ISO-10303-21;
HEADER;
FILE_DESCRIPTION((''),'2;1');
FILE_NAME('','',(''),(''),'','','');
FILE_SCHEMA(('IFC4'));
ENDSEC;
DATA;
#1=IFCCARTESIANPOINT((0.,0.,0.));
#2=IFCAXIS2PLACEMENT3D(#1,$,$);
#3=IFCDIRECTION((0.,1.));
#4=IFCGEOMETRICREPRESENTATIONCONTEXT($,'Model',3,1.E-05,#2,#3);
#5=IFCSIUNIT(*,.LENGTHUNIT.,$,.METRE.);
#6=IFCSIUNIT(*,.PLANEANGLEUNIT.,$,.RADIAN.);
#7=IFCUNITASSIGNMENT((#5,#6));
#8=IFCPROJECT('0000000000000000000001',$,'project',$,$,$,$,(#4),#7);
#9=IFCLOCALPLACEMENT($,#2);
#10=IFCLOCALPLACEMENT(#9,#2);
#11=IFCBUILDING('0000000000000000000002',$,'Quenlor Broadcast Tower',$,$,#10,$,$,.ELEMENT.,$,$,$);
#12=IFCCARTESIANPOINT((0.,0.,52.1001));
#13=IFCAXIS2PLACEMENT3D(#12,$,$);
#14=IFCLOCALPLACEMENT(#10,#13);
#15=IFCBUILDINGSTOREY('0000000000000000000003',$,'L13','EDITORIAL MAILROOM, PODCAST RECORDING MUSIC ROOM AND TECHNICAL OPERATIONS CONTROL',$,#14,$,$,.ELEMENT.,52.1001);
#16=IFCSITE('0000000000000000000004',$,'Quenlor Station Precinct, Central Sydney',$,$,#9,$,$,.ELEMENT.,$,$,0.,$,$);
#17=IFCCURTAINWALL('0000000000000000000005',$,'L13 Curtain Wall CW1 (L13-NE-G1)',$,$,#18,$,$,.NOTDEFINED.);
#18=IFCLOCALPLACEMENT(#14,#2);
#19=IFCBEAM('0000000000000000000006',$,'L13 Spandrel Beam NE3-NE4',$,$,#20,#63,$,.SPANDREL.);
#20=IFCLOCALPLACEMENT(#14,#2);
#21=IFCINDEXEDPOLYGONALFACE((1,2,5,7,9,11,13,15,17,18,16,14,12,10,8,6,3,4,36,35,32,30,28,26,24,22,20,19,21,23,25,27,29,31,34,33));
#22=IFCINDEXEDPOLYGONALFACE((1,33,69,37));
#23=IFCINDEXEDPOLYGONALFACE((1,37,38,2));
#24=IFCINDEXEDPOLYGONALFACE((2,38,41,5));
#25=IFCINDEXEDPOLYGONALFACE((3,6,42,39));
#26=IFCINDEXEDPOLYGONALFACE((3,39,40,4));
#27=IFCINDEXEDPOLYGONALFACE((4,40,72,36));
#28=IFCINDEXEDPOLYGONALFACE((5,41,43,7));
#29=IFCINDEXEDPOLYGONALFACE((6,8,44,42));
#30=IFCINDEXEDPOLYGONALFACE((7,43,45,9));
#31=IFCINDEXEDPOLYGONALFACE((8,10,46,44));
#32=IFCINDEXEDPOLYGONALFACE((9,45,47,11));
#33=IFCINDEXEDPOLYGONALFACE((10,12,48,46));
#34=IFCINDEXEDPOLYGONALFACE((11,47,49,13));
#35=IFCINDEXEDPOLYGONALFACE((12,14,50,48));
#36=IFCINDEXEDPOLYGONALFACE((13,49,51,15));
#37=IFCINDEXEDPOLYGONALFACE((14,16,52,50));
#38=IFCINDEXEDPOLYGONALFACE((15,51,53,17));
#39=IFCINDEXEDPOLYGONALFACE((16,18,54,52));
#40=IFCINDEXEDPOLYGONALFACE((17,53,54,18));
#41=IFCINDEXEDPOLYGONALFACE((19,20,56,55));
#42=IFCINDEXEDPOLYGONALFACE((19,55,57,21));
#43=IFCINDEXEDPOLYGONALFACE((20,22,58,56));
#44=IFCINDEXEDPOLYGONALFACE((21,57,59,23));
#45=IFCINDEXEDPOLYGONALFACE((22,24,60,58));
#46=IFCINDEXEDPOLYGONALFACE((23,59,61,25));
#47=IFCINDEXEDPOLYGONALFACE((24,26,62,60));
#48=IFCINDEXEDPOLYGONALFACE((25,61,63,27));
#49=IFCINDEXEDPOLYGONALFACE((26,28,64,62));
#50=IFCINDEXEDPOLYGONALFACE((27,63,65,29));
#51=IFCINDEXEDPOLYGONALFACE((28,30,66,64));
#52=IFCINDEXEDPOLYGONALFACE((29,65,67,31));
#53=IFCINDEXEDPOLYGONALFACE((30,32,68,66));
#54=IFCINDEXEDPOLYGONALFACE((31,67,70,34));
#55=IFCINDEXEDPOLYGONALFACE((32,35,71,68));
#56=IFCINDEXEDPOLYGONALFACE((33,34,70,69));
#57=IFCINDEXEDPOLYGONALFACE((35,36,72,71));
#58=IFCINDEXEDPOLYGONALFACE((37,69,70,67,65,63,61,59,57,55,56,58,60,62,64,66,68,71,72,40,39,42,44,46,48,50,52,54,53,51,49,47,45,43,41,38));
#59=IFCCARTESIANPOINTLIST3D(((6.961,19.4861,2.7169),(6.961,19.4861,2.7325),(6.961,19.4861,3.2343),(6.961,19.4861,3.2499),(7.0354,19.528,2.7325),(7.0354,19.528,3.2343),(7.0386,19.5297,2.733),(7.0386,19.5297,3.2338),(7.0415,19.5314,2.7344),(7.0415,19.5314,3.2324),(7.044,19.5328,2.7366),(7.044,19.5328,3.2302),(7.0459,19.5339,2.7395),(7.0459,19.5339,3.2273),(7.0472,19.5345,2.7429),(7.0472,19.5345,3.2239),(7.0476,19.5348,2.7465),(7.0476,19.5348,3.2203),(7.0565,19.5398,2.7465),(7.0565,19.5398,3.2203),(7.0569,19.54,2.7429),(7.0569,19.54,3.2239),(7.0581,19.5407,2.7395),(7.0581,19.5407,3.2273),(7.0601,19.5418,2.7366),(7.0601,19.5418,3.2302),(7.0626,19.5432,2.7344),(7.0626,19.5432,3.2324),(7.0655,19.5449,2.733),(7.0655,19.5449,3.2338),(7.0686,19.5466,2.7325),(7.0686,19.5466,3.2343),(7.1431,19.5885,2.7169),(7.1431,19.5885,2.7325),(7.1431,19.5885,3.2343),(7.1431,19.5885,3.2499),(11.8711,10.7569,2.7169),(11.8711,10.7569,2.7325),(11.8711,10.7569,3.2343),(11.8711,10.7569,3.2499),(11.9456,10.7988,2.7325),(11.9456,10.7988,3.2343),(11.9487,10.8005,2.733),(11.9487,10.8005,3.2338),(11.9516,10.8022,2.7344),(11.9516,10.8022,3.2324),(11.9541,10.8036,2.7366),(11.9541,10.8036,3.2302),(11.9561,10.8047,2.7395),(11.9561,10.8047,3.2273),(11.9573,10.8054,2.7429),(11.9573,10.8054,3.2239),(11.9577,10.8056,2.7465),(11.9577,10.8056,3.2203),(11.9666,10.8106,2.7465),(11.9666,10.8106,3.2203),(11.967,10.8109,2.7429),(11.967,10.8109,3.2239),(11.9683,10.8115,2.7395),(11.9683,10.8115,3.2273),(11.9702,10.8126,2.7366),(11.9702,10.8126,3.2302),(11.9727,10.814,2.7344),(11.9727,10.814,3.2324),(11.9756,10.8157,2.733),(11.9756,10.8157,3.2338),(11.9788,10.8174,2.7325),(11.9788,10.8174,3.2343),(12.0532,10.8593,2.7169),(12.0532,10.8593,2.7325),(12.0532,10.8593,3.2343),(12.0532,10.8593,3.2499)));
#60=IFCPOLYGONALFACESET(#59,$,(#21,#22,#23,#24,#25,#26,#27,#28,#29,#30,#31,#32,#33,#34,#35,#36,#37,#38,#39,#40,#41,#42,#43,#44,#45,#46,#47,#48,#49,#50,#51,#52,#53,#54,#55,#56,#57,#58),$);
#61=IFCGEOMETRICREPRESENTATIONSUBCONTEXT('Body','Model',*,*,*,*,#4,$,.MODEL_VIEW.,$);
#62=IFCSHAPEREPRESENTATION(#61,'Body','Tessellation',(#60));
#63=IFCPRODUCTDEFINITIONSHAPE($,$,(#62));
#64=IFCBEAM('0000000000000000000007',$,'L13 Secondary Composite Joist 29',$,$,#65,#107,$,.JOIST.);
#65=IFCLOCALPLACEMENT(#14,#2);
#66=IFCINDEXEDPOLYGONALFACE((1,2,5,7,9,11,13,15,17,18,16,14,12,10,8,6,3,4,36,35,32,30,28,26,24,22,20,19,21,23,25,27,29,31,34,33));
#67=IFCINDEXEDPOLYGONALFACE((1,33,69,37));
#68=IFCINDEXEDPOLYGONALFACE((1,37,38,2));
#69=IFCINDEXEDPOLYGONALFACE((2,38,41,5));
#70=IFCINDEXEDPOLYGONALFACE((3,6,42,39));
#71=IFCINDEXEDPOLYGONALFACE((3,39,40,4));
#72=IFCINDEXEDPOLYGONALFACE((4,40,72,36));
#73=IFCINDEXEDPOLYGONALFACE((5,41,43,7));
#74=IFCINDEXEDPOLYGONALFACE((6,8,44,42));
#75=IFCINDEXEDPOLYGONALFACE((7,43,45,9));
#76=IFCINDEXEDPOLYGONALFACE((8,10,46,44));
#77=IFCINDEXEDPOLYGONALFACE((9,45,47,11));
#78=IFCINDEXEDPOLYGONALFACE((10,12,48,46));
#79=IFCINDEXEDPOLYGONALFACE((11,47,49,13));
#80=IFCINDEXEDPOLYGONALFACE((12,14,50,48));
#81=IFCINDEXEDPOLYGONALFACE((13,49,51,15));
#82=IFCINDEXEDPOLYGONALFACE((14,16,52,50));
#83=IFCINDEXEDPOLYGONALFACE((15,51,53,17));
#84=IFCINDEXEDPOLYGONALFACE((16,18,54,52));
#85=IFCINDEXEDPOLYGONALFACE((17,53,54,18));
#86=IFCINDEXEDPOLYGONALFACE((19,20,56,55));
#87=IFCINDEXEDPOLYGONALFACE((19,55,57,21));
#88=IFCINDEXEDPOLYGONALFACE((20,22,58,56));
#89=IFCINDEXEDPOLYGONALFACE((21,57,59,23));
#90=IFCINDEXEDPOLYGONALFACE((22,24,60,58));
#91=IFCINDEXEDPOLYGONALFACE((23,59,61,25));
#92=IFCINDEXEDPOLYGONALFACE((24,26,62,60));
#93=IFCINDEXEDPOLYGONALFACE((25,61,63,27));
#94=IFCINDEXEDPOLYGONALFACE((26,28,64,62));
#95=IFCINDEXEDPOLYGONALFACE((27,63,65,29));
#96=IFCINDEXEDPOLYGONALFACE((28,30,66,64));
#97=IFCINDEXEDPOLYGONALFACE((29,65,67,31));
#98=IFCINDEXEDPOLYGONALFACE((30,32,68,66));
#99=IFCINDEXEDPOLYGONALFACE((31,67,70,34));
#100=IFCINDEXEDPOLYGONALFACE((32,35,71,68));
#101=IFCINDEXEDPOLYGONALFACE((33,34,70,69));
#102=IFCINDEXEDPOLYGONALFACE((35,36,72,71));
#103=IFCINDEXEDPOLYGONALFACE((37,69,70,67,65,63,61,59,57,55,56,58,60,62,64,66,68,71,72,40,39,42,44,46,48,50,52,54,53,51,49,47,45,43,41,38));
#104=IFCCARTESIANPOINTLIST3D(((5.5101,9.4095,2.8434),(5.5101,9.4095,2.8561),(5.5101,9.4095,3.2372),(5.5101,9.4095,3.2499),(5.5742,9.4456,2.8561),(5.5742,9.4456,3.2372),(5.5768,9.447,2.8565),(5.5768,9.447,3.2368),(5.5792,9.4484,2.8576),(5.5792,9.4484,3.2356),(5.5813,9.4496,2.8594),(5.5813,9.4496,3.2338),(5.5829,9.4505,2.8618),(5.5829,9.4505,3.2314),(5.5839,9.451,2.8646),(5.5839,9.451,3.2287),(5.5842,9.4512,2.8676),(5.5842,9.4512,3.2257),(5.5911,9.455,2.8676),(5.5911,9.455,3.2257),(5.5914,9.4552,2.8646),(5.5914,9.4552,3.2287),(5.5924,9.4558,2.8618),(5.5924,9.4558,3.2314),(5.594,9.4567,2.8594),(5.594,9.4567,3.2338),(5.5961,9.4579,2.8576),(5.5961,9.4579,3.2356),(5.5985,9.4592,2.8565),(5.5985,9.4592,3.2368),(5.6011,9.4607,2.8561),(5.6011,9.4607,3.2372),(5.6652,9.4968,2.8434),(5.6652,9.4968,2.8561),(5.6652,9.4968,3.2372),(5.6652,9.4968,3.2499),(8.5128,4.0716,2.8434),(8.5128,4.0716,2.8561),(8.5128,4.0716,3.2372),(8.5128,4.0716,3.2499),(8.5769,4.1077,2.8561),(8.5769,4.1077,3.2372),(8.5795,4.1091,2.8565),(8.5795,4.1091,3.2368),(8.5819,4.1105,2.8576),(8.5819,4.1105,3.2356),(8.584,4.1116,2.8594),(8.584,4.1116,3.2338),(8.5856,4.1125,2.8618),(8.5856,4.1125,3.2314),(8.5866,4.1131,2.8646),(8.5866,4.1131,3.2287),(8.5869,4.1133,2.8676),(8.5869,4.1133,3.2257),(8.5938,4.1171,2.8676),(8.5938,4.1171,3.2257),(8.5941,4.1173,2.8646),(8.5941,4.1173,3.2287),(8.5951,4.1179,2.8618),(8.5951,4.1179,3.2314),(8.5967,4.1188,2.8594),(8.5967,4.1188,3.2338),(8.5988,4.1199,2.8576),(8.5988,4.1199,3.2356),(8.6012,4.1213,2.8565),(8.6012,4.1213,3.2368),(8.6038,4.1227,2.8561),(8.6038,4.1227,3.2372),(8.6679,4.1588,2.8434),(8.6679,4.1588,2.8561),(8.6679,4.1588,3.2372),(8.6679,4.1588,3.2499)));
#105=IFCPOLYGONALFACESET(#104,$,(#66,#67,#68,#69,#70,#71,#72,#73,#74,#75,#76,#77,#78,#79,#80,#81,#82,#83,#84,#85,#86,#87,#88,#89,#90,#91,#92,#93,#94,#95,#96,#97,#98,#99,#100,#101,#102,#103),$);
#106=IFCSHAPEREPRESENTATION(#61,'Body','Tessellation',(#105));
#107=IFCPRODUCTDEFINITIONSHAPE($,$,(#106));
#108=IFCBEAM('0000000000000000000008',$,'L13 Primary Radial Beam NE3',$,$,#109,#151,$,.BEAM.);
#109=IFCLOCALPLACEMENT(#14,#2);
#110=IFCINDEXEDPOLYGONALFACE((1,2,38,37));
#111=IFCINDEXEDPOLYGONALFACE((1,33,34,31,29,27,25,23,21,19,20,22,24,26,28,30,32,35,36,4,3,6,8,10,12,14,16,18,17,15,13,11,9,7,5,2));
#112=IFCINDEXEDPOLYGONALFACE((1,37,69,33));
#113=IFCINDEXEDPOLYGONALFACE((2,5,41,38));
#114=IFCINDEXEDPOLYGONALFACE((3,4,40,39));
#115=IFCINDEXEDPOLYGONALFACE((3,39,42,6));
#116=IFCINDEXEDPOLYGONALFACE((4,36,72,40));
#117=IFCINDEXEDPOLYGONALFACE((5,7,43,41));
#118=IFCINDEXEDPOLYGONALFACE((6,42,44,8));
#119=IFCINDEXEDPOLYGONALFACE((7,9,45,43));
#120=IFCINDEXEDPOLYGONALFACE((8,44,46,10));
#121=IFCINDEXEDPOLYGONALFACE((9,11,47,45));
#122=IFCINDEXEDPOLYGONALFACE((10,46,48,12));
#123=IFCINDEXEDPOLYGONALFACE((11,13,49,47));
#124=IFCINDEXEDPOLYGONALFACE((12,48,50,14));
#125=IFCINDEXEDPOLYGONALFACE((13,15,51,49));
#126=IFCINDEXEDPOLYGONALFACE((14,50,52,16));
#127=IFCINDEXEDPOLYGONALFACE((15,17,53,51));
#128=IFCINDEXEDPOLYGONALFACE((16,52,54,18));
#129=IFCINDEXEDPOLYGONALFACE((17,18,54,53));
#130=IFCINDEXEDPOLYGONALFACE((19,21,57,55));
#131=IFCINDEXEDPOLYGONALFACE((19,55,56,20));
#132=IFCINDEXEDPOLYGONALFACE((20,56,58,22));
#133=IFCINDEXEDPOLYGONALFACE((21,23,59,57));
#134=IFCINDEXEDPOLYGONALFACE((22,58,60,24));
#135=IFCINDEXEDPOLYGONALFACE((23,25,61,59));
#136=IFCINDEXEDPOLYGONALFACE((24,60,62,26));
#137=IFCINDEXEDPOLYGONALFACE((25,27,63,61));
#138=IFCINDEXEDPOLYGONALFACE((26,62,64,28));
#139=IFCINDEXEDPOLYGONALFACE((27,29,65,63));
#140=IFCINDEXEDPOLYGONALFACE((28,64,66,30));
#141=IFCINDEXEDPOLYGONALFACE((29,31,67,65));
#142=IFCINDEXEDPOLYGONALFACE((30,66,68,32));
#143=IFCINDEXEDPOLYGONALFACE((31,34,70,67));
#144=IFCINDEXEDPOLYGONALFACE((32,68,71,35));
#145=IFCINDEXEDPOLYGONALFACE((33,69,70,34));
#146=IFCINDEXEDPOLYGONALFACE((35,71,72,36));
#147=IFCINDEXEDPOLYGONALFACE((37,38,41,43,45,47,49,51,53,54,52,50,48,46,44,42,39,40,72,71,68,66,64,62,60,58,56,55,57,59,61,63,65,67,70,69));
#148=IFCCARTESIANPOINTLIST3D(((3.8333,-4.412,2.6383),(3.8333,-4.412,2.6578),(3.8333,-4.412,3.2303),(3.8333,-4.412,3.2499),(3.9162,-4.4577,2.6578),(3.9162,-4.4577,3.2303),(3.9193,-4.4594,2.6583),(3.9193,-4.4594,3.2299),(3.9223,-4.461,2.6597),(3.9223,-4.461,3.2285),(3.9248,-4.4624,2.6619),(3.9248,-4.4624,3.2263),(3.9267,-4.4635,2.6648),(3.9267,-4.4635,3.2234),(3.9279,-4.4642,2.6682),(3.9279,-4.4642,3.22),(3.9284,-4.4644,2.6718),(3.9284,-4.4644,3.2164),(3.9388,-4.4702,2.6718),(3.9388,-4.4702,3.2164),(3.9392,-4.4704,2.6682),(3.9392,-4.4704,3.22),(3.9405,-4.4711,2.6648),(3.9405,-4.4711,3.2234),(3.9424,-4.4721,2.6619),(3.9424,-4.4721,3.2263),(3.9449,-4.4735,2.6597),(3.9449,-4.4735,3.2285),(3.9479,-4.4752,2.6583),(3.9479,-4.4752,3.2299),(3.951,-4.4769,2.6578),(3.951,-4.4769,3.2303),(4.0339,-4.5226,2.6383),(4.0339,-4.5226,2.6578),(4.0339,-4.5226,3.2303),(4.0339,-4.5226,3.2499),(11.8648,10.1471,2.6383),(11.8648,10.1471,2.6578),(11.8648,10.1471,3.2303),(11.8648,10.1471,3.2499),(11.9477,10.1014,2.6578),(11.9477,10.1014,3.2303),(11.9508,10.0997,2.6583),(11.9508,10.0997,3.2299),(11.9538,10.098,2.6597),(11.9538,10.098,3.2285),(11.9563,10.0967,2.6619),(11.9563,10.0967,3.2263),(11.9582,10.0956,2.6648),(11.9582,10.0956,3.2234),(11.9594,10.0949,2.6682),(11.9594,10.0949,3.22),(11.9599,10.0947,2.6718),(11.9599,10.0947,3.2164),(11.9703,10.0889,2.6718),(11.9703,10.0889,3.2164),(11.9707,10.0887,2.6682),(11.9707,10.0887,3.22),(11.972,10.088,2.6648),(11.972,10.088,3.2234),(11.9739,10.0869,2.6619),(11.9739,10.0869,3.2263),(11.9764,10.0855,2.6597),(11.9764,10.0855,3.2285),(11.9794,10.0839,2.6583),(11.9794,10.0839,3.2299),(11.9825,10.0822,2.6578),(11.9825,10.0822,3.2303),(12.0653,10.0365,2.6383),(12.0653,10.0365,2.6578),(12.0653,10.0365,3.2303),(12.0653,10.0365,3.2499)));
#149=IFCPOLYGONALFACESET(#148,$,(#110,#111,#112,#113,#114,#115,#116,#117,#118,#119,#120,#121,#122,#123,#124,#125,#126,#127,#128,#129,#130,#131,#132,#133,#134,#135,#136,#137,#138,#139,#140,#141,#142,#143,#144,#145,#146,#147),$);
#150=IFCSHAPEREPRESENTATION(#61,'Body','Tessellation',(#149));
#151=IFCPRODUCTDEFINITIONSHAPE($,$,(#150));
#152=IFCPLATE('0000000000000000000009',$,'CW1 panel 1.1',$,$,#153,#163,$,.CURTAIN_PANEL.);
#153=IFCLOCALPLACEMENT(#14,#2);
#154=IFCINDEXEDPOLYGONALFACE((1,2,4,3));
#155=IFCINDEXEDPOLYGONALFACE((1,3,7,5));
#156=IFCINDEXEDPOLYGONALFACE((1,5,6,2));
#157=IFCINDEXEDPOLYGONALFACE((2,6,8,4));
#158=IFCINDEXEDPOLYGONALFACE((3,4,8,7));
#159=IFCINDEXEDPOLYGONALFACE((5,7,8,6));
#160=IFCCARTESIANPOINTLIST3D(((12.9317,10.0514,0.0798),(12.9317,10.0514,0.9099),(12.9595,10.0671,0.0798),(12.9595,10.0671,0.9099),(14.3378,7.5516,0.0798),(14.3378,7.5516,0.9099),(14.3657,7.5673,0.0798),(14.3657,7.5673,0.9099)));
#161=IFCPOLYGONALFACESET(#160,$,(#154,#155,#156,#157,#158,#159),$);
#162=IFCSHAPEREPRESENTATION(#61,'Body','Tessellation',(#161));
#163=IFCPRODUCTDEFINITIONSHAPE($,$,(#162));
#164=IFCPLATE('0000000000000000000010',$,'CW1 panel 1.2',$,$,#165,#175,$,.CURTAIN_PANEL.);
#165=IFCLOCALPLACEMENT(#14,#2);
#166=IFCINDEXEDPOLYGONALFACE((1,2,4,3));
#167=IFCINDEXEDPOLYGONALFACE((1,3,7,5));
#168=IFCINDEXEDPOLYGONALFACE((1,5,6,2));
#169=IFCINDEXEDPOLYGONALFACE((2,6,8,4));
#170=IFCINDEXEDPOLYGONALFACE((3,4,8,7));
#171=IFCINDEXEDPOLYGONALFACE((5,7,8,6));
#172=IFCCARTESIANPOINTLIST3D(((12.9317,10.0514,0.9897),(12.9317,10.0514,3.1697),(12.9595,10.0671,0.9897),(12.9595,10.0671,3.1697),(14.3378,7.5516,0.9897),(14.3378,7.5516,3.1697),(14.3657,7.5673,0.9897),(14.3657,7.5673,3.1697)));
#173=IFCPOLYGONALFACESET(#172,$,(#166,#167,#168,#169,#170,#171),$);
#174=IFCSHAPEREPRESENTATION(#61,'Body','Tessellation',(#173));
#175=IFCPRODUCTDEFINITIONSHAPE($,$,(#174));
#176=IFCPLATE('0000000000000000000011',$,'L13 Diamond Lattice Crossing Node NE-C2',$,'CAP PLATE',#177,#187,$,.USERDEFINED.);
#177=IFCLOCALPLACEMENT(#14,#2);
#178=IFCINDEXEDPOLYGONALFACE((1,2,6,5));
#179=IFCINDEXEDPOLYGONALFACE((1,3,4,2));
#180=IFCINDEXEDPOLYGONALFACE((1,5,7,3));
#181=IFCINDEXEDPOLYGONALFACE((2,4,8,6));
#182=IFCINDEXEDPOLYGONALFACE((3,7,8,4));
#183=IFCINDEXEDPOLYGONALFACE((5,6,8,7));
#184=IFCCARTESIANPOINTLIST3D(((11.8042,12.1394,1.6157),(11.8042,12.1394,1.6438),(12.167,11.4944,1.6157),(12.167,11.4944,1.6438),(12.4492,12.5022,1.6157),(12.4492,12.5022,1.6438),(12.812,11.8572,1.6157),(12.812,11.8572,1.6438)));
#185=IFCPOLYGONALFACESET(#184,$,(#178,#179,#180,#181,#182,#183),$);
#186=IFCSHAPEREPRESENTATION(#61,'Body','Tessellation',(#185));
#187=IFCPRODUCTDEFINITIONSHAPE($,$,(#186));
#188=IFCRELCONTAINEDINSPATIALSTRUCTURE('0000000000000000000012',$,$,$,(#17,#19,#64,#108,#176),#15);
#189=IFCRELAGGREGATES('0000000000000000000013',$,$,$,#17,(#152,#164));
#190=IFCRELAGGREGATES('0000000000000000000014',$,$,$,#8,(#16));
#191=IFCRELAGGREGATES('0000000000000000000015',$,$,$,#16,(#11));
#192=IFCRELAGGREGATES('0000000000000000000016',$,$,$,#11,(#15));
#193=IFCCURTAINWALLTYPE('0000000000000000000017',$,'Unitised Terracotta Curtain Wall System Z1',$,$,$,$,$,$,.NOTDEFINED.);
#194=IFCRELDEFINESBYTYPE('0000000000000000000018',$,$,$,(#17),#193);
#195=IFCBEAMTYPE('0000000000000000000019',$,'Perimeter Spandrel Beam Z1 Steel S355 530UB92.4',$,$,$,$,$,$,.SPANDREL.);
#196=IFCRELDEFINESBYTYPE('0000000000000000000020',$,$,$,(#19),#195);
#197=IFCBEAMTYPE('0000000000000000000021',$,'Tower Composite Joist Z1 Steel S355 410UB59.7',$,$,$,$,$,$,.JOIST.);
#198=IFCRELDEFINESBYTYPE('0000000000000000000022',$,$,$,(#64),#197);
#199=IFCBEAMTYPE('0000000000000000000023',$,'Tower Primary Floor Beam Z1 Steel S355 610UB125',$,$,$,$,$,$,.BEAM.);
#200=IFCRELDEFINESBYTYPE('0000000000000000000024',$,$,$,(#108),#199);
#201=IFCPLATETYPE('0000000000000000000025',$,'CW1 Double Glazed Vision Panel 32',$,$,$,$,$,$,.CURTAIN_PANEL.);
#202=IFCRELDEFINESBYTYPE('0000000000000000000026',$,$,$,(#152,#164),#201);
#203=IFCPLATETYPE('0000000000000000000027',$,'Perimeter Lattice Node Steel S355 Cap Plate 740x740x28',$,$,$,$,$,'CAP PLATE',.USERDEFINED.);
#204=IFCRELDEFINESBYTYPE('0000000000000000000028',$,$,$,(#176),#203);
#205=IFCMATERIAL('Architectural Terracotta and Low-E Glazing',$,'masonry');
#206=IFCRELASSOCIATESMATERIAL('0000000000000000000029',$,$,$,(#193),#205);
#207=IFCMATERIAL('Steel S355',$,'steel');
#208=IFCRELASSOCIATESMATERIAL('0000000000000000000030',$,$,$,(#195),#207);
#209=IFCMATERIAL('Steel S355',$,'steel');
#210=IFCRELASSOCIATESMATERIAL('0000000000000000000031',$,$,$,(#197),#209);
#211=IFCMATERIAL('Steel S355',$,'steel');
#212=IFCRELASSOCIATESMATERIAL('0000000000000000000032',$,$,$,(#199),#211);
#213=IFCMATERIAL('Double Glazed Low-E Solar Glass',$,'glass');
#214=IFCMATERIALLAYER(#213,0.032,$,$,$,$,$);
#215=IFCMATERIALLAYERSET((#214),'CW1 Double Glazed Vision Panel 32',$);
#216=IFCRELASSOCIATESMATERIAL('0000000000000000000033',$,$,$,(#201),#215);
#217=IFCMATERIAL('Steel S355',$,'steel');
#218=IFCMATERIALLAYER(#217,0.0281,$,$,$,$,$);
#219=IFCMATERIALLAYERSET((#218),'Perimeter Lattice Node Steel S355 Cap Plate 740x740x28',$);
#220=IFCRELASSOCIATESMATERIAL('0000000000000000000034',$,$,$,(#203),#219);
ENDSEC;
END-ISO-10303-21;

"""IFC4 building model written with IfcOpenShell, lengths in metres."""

from ifc_helpers import new_model, si_unit, direction, frame, origin, origin_2d, place, context, subcontext, project, spatial, rectangle, i_section, extrude, material, layer, layer_set, material_profile, profile_set, type_object, element, aggregate, save


model = new_model("IFC4")

# Units and contexts
model_context = context("Model", 3, precision=1e-05, world=origin(), true_north=direction((0.0, 1.0)))
body_context = subcontext(model_context, "Body", "Model", "MODEL_VIEW")
ifc_project = project(units=[si_unit("LENGTHUNIT", "METRE"), si_unit("PLANEANGLEUNIT", "RADIAN")], contexts=[model_context])

# Site, building, storey
site_placement = place(None, origin())
site = spatial("IfcSite", under=ifc_project, at=site_placement, Name="Quenlor Station Precinct, Central Sydney", CompositionType="ELEMENT", RefElevation=0.0)
building_placement = place(site_placement, origin())
building = spatial("IfcBuilding", under=site, at=building_placement, Name="Quenlor Broadcast Tower", CompositionType="ELEMENT")
storey_placement = place(building_placement, frame((0.0, 0.0, 52.1001)))
storey = spatial("IfcBuildingStorey", under=building, at=storey_placement, Name="L13", Description="EDITORIAL MAILROOM, PODCAST RECORDING MUSIC ROOM AND TECHNICAL OPERATIONS CONTROL", CompositionType="ELEMENT", Elevation=52.1001)

# Curtain wall
ifc_material_1 = material(Name="Architectural Terracotta and Low-E Glazing", Category="masonry")
curtain_wall_type = type_object("IfcCurtainWallType", Name="Unitised Terracotta Curtain Wall System Z1", PredefinedType="NOTDEFINED", material=ifc_material_1)
curtain_wall_placement = place(storey_placement, origin())
curtain_wall = element("IfcCurtainWall", 1, at=curtain_wall_placement, inside=storey, type_object=curtain_wall_type, Name="L13 Curtain Wall CW1 (L13-NE-G1)", PredefinedType="NOTDEFINED")

# Beams
ifc_material_2 = material(Name="Steel S355", Category="steel")
ifc_material_profile_1 = material_profile(ifc_material_2, i_section(OverallWidth=0.209, OverallDepth=0.533, WebThickness=0.0103, FlangeThickness=0.0156, FilletRadius=0.0139, at=origin_2d()))
ifc_profile_set_1 = profile_set([ifc_material_profile_1], Name="Steel S355 530UB92.4")
beam_type_1 = type_object("IfcBeamType", Name="Perimeter Spandrel Beam Z1 Steel S355 530UB92.4", PredefinedType="SPANDREL", material=ifc_profile_set_1)
beam_1_placement = place(storey_placement, frame((11.9622, 10.8081, 2.9834), z_axis=(-0.490258, 0.871577, 0.0), x_axis=(-0.871577, -0.490258, 0.0)))
element("IfcBeam", 2, at=beam_1_placement, inside=storey, type_object=beam_type_1, Name="L13 Spandrel Beam NE3-NE4", PredefinedType="SPANDREL", context=body_context, shape_type="SweptSolid", body=[
    extrude(i_section(OverallWidth=0.209, OverallDepth=0.533, WebThickness=0.0103, FlangeThickness=0.0156, FilletRadius=0.0139, at=origin_2d()), origin(), (0.0, 0.0, 1.0), 10.0154),
])
ifc_material_3 = material(Name="Steel S355", Category="steel")
ifc_material_profile_2 = material_profile(ifc_material_3, i_section(OverallWidth=0.178, OverallDepth=0.4065, WebThickness=0.0078, FlangeThickness=0.0127, FilletRadius=0.0115, at=origin_2d()))
ifc_profile_set_2 = profile_set([ifc_material_profile_2], Name="Steel S355 410UB59.7")
beam_type_2 = type_object("IfcBeamType", Name="Tower Composite Joist Z1 Steel S355 410UB59.7", PredefinedType="JOIST", material=ifc_profile_set_2)
beam_2_placement = place(storey_placement, frame((5.5876, 9.4531, 3.0466), z_axis=(0.490276, -0.871567, 0.0), x_axis=(0.871567, 0.490276, 0.0)))
element("IfcBeam", 3, at=beam_2_placement, inside=storey, type_object=beam_type_2, Name="L13 Secondary Composite Joist 29", PredefinedType="JOIST", context=body_context, shape_type="SweptSolid", body=[
    extrude(i_section(OverallWidth=0.178, OverallDepth=0.4065, WebThickness=0.0078, FlangeThickness=0.0127, FilletRadius=0.0115, at=origin_2d()), origin(), (0.0, 0.0, 1.0), 6.1245),
])
ifc_material_4 = material(Name="Steel S355", Category="steel")
ifc_material_profile_3 = material_profile(ifc_material_4, i_section(OverallWidth=0.229, OverallDepth=0.6116, WebThickness=0.012, FlangeThickness=0.0195, FilletRadius=0.0139, at=origin_2d()))
ifc_profile_set_3 = profile_set([ifc_material_profile_3], Name="Steel S355 610UB125")
beam_type_3 = type_object("IfcBeamType", Name="Tower Primary Floor Beam Z1 Steel S355 610UB125", PredefinedType="BEAM", material=ifc_profile_set_3)
beam_3_placement = place(storey_placement, frame((11.9651, 10.0918, 2.9441), z_axis=(-0.483026, -0.875606, 0.0), x_axis=(0.875606, -0.483026, 0.0)))
element("IfcBeam", 4, at=beam_3_placement, inside=storey, type_object=beam_type_3, Name="L13 Primary Radial Beam NE3", PredefinedType="BEAM", context=body_context, shape_type="SweptSolid", body=[
    extrude(i_section(OverallWidth=0.229, OverallDepth=0.6116, WebThickness=0.012, FlangeThickness=0.0195, FilletRadius=0.0139, at=origin_2d()), origin(), (0.0, 0.0, 1.0), 16.6274),
])

# Plates
ifc_material_5 = material(Name="Double Glazed Low-E Solar Glass", Category="glass")
ifc_layer_1 = layer(ifc_material_5, 0.032)
ifc_layer_set_1 = layer_set([ifc_layer_1], Name="CW1 Double Glazed Vision Panel 32")
plate_type_1 = type_object("IfcPlateType", Name="CW1 Double Glazed Vision Panel 32", PredefinedType="CURTAIN_PANEL", material=ifc_layer_set_1)
plate_1_placement = place(storey_placement, frame((13.6487, 8.8093, 0.0798), z_axis=(0.0, 0.0, 1.0), x_axis=(0.490274, -0.871568, 0.0)))
plate_1 = element("IfcPlate", 5, at=plate_1_placement, type_object=plate_type_1, Name="CW1 panel 1.1", PredefinedType="CURTAIN_PANEL", context=body_context, shape_type="SweptSolid", body=[
    extrude(rectangle(XDim=2.8682, YDim=0.032, at=origin_2d()), origin(), (0.0, 0.0, 1.0), 0.8301),
])
plate_2_placement = place(storey_placement, frame((13.6487, 8.8093, 0.9897), z_axis=(0.0, 0.0, 1.0), x_axis=(0.490274, -0.871568, 0.0)))
plate_2 = element("IfcPlate", 6, at=plate_2_placement, type_object=plate_type_1, Name="CW1 panel 1.2", PredefinedType="CURTAIN_PANEL", context=body_context, shape_type="SweptSolid", body=[
    extrude(rectangle(XDim=2.8682, YDim=0.032, at=origin_2d()), origin(), (0.0, 0.0, 1.0), 2.1799),
])
aggregate(curtain_wall, [plate_1, plate_2])

# Plate
ifc_material_6 = material(Name="Steel S355", Category="steel")
ifc_layer_2 = layer(ifc_material_6, 0.0281)
ifc_layer_set_2 = layer_set([ifc_layer_2], Name="Perimeter Lattice Node Steel S355 Cap Plate 740x740x28")
plate_type_2 = type_object("IfcPlateType", Name="Perimeter Lattice Node Steel S355 Cap Plate 740x740x28", ElementType="CAP PLATE", PredefinedType="USERDEFINED", material=ifc_layer_set_2)
for number, where, z_axis, x_axis, name in (
    (7, (12.3081, 11.9983, 1.6157), (0.0, 0.0, 1.0), (0.490295, -0.871556, 0.0), "L13 Diamond Lattice Crossing Node NE-C2"),
):
    element("IfcPlate", number, at=place(storey_placement, frame(where, z_axis=z_axis, x_axis=x_axis)), inside=storey, type_object=plate_type_2, Name=name, ObjectType="CAP PLATE", PredefinedType="USERDEFINED", context=body_context, shape_type="SweptSolid", body=[
        extrude(rectangle(XDim=0.74, YDim=0.74, at=origin_2d()), origin(), (0.0, 0.0, 1.0), 0.0281),
    ])

save(model, "model.ifc")
